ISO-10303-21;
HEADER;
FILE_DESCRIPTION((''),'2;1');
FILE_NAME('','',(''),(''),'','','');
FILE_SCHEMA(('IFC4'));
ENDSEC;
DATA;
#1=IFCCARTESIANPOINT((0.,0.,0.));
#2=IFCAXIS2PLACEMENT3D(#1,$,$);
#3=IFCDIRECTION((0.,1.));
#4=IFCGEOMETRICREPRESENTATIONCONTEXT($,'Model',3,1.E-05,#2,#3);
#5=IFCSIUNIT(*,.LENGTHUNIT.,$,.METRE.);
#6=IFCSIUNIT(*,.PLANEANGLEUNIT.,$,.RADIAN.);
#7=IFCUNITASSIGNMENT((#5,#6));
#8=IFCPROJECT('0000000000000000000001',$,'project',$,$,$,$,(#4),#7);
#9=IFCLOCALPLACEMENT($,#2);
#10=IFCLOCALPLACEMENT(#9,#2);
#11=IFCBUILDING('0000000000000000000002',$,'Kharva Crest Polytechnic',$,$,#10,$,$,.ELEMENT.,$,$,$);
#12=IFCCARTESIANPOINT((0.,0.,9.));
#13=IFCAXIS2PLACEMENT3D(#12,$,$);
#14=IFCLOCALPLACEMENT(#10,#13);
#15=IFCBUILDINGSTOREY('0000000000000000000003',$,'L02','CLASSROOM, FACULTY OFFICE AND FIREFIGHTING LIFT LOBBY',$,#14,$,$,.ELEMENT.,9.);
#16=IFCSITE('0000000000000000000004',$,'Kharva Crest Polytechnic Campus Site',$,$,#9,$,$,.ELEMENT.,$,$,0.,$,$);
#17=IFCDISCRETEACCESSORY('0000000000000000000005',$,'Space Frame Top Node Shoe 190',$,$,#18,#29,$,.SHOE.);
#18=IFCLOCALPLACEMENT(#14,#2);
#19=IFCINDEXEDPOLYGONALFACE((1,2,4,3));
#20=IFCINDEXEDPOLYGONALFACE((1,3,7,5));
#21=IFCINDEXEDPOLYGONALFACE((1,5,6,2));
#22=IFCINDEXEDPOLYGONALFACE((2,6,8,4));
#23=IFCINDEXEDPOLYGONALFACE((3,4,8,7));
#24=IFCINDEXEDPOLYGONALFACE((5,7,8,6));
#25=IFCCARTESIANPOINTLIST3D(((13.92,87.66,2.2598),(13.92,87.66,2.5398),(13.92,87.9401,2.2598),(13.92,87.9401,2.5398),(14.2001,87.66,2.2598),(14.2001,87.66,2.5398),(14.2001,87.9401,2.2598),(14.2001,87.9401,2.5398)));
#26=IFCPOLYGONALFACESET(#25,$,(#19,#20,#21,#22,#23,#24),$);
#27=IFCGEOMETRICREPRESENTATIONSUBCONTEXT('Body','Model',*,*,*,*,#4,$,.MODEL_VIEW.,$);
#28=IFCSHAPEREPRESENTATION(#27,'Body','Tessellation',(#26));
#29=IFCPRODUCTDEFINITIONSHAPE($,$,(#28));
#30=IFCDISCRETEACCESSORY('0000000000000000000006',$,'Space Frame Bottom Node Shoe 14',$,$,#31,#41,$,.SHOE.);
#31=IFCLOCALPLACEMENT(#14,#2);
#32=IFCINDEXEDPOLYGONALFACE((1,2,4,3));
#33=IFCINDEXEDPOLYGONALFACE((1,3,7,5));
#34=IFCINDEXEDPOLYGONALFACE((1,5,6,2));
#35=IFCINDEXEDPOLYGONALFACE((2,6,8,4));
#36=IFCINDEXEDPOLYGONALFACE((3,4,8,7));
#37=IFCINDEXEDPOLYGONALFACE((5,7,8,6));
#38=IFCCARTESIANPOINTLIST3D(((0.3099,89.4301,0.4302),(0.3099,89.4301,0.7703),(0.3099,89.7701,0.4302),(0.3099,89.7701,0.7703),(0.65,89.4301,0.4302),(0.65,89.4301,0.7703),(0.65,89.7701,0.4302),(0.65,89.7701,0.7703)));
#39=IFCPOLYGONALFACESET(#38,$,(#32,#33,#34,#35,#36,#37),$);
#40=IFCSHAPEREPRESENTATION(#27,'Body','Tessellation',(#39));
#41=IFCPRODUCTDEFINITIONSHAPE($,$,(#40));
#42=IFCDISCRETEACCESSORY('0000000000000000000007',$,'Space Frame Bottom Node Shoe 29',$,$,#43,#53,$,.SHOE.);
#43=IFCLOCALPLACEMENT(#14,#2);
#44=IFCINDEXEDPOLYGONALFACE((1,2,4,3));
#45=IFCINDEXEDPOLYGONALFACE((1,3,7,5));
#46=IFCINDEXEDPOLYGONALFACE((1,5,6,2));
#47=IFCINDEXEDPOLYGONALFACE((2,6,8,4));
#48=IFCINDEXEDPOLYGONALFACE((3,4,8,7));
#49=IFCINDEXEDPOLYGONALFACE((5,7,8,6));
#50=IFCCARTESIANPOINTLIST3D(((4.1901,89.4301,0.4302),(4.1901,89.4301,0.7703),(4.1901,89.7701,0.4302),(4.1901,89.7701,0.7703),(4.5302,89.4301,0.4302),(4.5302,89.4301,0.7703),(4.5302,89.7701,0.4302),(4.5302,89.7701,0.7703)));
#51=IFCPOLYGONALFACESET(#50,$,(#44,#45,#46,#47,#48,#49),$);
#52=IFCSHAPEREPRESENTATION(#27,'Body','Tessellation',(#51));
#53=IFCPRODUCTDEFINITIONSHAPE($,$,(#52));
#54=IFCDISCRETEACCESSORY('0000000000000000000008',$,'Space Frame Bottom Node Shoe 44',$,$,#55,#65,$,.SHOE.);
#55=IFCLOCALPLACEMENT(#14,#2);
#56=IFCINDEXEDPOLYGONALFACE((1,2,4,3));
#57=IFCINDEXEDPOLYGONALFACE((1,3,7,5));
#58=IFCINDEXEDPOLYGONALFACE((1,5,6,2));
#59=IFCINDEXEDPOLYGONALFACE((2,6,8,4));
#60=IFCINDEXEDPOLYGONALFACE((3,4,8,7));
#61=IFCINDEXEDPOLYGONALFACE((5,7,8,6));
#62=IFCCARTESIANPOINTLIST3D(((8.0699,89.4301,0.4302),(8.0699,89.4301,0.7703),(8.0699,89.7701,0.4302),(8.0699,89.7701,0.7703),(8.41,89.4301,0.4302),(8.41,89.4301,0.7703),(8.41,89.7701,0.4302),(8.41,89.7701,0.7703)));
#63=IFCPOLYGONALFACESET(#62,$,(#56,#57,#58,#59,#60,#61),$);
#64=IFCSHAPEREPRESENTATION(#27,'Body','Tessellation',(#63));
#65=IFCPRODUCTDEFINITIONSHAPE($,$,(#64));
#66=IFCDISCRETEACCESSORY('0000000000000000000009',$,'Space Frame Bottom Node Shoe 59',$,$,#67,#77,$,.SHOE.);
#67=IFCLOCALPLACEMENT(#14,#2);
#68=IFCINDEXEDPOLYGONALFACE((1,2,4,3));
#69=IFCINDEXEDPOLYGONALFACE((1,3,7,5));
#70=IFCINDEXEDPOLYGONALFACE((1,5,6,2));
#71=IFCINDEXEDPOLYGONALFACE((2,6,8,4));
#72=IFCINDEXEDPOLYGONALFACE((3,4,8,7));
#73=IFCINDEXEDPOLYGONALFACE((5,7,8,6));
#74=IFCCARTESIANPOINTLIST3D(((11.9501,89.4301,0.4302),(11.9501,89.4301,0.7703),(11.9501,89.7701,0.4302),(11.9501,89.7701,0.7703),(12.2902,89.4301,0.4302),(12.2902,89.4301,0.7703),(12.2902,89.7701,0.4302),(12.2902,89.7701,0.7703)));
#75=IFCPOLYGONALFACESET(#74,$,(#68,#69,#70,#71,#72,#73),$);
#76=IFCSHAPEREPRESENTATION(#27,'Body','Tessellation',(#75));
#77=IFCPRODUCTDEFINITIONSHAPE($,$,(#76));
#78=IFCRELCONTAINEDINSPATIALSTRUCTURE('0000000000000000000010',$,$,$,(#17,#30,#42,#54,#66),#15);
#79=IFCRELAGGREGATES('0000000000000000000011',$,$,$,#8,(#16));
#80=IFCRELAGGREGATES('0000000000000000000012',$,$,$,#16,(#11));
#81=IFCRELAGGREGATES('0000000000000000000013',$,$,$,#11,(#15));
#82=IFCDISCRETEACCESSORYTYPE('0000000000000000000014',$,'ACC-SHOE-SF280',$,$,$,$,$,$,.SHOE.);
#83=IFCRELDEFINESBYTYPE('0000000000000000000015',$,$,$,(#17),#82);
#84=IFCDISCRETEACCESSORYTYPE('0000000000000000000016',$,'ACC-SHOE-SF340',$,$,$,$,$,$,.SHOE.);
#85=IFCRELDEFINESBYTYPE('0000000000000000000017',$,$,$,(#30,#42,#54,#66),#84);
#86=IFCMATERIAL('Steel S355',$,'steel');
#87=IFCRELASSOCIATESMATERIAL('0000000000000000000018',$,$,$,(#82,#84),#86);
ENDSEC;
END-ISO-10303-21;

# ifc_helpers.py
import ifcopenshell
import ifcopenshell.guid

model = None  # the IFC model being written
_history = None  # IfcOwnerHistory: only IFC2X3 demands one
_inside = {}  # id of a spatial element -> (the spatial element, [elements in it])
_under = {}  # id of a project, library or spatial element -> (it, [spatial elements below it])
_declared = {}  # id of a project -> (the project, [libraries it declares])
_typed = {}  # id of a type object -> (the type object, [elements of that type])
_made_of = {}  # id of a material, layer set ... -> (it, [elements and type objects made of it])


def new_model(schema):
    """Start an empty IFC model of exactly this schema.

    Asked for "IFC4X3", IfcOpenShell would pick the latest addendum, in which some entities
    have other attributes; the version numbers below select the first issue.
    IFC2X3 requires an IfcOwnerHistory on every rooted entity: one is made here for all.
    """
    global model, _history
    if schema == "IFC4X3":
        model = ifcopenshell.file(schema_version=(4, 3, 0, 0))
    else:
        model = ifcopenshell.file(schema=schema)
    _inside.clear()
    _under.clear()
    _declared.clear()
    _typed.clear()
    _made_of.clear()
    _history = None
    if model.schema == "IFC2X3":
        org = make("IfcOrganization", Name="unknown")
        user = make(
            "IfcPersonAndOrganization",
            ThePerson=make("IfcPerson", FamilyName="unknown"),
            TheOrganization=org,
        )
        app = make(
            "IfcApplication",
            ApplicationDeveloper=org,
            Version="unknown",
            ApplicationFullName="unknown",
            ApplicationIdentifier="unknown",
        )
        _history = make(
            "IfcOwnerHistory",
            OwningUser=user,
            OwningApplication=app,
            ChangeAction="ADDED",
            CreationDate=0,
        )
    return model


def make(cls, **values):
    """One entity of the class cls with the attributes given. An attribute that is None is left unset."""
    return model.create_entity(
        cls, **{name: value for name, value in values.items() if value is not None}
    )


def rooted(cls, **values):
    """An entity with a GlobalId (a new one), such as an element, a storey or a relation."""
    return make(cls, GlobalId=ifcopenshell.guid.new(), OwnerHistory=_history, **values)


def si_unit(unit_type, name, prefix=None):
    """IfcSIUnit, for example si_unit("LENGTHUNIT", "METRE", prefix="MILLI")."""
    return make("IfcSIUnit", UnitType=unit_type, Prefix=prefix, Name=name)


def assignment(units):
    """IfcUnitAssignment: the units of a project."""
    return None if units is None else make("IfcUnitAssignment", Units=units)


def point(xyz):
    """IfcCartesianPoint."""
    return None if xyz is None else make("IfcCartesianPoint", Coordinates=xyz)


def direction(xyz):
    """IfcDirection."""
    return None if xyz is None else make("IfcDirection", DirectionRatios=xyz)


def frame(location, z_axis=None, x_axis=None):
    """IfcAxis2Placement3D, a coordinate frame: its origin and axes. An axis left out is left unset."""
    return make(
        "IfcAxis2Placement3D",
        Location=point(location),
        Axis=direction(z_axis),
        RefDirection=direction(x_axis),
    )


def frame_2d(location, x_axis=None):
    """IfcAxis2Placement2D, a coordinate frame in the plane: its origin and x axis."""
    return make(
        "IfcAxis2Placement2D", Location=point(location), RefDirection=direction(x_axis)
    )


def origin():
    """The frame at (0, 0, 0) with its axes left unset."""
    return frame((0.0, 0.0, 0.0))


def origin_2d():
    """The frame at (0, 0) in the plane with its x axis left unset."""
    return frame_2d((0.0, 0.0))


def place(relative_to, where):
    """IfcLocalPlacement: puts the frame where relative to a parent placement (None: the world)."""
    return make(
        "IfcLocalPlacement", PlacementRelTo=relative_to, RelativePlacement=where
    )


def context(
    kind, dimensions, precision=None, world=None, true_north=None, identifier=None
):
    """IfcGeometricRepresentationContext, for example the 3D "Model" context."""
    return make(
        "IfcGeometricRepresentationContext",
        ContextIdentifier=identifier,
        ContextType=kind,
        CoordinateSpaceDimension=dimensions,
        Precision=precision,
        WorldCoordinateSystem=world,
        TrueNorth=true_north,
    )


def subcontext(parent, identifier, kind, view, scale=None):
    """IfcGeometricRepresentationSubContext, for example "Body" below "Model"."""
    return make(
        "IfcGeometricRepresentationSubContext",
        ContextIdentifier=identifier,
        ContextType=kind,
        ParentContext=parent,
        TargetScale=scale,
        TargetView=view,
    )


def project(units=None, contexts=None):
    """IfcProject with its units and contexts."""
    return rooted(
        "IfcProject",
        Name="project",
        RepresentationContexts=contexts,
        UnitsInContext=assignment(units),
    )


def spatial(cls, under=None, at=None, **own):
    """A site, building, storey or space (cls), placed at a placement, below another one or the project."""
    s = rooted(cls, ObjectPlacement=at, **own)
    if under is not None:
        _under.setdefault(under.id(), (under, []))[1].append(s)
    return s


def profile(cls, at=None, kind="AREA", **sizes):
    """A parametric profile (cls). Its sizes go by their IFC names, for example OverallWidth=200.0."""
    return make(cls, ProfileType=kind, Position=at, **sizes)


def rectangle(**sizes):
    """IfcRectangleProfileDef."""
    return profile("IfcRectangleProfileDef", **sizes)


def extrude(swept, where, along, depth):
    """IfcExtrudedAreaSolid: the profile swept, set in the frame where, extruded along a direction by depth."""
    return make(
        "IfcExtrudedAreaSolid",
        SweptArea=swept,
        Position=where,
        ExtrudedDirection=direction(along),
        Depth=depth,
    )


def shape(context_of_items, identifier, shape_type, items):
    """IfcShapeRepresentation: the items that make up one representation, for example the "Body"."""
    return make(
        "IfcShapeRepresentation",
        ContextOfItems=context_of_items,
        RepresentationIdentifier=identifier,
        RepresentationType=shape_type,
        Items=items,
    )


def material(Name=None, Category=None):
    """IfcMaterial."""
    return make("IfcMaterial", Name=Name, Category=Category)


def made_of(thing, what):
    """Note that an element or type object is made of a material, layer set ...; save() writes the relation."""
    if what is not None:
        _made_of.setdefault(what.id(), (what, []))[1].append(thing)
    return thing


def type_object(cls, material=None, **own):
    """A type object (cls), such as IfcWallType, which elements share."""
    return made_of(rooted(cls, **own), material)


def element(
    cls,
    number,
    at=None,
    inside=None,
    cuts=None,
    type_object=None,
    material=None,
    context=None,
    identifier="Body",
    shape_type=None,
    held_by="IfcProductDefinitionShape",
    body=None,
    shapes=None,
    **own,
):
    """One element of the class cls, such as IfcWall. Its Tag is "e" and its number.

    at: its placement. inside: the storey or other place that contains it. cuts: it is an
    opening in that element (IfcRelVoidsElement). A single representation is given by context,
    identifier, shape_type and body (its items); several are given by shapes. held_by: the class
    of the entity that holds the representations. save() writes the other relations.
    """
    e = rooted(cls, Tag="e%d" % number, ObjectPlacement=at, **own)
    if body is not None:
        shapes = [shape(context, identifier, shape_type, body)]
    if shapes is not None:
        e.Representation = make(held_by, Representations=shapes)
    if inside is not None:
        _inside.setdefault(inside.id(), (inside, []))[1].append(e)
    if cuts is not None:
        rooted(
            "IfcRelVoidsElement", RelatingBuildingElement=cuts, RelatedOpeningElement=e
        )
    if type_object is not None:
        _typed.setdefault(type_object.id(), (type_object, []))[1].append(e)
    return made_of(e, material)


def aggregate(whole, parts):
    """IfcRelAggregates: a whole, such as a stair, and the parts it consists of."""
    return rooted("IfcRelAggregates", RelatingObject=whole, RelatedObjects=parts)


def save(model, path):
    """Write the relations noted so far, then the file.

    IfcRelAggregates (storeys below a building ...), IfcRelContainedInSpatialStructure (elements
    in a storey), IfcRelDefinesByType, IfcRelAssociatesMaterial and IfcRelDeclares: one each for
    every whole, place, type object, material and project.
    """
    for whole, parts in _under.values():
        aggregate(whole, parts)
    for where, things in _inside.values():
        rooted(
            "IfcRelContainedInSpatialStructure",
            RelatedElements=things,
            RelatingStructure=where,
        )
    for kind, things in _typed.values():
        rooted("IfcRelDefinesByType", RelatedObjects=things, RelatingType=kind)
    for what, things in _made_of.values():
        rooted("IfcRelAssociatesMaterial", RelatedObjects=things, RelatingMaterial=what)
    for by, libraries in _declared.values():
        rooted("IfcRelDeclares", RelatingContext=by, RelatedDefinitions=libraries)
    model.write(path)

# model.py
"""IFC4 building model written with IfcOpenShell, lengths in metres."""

from ifc_helpers import new_model, si_unit, direction, frame, origin, origin_2d, place, context, subcontext, project, spatial, rectangle, extrude, material, type_object, element, save


model = new_model("IFC4")

# Units and contexts
model_context = context("Model", 3, precision=1e-05, world=origin(), true_north=direction((0.0, 1.0)))
body_context = subcontext(model_context, "Body", "Model", "MODEL_VIEW")
ifc_project = project(units=[si_unit("LENGTHUNIT", "METRE"), si_unit("PLANEANGLEUNIT", "RADIAN")], contexts=[model_context])

# Site, building, storey
site_placement = place(None, origin())
site = spatial("IfcSite", under=ifc_project, at=site_placement, Name="Kharva Crest Polytechnic Campus Site", CompositionType="ELEMENT", RefElevation=0.0)
building_placement = place(site_placement, origin())
building = spatial("IfcBuilding", under=site, at=building_placement, Name="Kharva Crest Polytechnic", CompositionType="ELEMENT")
storey_placement = place(building_placement, frame((0.0, 0.0, 9.0)))
storey = spatial("IfcBuildingStorey", under=building, at=storey_placement, Name="L02", Description="CLASSROOM, FACULTY OFFICE AND FIREFIGHTING LIFT LOBBY", CompositionType="ELEMENT", Elevation=9.0)

# Shared definitions
ifc_material = material(Name="Steel S355", Category="steel")

# Discrete accessories
discrete_accessory_type_1 = type_object("IfcDiscreteAccessoryType", Name="ACC-SHOE-SF280", PredefinedType="SHOE", material=ifc_material)
for number, where, z_axis, x_axis, name in (
    (1, (14.0601, 87.8, 2.2598), (0.0, 0.0, 1.0), (1.0, 0.0, 0.0), "Space Frame Top Node Shoe 190"),
):
    element("IfcDiscreteAccessory", number, at=place(storey_placement, frame(where, z_axis=z_axis, x_axis=x_axis)), inside=storey, type_object=discrete_accessory_type_1, Name=name, PredefinedType="SHOE", context=body_context, shape_type="SweptSolid", body=[
        extrude(rectangle(XDim=0.28, YDim=0.28, at=origin_2d()), origin(), (0.0, 0.0, 1.0), 0.28),
    ])
discrete_accessory_type_2 = type_object("IfcDiscreteAccessoryType", Name="ACC-SHOE-SF340", PredefinedType="SHOE", material=ifc_material)
for number, where, z_axis, x_axis, name in (
    (2, (0.48, 89.6001, 0.4302), (0.0, 0.0, 1.0), (1.0, 0.0, 0.0), "Space Frame Bottom Node Shoe 14"),
    (3, (4.3601, 89.6001, 0.4302), (0.0, 0.0, 1.0), (1.0, 0.0, 0.0), "Space Frame Bottom Node Shoe 29"),
    (4, (8.24, 89.6001, 0.4302), (0.0, 0.0, 1.0), (1.0, 0.0, 0.0), "Space Frame Bottom Node Shoe 44"),
    (5, (12.1201, 89.6001, 0.4302), (0.0, 0.0, 1.0), (1.0, 0.0, 0.0), "Space Frame Bottom Node Shoe 59"),
):
    element("IfcDiscreteAccessory", number, at=place(storey_placement, frame(where, z_axis=z_axis, x_axis=x_axis)), inside=storey, type_object=discrete_accessory_type_2, Name=name, PredefinedType="SHOE", context=body_context, shape_type="SweptSolid", body=[
        extrude(rectangle(XDim=0.3401, YDim=0.3401, at=origin_2d()), origin(), (0.0, 0.0, 1.0), 0.3401),
    ])

save(model, "model.ifc")
